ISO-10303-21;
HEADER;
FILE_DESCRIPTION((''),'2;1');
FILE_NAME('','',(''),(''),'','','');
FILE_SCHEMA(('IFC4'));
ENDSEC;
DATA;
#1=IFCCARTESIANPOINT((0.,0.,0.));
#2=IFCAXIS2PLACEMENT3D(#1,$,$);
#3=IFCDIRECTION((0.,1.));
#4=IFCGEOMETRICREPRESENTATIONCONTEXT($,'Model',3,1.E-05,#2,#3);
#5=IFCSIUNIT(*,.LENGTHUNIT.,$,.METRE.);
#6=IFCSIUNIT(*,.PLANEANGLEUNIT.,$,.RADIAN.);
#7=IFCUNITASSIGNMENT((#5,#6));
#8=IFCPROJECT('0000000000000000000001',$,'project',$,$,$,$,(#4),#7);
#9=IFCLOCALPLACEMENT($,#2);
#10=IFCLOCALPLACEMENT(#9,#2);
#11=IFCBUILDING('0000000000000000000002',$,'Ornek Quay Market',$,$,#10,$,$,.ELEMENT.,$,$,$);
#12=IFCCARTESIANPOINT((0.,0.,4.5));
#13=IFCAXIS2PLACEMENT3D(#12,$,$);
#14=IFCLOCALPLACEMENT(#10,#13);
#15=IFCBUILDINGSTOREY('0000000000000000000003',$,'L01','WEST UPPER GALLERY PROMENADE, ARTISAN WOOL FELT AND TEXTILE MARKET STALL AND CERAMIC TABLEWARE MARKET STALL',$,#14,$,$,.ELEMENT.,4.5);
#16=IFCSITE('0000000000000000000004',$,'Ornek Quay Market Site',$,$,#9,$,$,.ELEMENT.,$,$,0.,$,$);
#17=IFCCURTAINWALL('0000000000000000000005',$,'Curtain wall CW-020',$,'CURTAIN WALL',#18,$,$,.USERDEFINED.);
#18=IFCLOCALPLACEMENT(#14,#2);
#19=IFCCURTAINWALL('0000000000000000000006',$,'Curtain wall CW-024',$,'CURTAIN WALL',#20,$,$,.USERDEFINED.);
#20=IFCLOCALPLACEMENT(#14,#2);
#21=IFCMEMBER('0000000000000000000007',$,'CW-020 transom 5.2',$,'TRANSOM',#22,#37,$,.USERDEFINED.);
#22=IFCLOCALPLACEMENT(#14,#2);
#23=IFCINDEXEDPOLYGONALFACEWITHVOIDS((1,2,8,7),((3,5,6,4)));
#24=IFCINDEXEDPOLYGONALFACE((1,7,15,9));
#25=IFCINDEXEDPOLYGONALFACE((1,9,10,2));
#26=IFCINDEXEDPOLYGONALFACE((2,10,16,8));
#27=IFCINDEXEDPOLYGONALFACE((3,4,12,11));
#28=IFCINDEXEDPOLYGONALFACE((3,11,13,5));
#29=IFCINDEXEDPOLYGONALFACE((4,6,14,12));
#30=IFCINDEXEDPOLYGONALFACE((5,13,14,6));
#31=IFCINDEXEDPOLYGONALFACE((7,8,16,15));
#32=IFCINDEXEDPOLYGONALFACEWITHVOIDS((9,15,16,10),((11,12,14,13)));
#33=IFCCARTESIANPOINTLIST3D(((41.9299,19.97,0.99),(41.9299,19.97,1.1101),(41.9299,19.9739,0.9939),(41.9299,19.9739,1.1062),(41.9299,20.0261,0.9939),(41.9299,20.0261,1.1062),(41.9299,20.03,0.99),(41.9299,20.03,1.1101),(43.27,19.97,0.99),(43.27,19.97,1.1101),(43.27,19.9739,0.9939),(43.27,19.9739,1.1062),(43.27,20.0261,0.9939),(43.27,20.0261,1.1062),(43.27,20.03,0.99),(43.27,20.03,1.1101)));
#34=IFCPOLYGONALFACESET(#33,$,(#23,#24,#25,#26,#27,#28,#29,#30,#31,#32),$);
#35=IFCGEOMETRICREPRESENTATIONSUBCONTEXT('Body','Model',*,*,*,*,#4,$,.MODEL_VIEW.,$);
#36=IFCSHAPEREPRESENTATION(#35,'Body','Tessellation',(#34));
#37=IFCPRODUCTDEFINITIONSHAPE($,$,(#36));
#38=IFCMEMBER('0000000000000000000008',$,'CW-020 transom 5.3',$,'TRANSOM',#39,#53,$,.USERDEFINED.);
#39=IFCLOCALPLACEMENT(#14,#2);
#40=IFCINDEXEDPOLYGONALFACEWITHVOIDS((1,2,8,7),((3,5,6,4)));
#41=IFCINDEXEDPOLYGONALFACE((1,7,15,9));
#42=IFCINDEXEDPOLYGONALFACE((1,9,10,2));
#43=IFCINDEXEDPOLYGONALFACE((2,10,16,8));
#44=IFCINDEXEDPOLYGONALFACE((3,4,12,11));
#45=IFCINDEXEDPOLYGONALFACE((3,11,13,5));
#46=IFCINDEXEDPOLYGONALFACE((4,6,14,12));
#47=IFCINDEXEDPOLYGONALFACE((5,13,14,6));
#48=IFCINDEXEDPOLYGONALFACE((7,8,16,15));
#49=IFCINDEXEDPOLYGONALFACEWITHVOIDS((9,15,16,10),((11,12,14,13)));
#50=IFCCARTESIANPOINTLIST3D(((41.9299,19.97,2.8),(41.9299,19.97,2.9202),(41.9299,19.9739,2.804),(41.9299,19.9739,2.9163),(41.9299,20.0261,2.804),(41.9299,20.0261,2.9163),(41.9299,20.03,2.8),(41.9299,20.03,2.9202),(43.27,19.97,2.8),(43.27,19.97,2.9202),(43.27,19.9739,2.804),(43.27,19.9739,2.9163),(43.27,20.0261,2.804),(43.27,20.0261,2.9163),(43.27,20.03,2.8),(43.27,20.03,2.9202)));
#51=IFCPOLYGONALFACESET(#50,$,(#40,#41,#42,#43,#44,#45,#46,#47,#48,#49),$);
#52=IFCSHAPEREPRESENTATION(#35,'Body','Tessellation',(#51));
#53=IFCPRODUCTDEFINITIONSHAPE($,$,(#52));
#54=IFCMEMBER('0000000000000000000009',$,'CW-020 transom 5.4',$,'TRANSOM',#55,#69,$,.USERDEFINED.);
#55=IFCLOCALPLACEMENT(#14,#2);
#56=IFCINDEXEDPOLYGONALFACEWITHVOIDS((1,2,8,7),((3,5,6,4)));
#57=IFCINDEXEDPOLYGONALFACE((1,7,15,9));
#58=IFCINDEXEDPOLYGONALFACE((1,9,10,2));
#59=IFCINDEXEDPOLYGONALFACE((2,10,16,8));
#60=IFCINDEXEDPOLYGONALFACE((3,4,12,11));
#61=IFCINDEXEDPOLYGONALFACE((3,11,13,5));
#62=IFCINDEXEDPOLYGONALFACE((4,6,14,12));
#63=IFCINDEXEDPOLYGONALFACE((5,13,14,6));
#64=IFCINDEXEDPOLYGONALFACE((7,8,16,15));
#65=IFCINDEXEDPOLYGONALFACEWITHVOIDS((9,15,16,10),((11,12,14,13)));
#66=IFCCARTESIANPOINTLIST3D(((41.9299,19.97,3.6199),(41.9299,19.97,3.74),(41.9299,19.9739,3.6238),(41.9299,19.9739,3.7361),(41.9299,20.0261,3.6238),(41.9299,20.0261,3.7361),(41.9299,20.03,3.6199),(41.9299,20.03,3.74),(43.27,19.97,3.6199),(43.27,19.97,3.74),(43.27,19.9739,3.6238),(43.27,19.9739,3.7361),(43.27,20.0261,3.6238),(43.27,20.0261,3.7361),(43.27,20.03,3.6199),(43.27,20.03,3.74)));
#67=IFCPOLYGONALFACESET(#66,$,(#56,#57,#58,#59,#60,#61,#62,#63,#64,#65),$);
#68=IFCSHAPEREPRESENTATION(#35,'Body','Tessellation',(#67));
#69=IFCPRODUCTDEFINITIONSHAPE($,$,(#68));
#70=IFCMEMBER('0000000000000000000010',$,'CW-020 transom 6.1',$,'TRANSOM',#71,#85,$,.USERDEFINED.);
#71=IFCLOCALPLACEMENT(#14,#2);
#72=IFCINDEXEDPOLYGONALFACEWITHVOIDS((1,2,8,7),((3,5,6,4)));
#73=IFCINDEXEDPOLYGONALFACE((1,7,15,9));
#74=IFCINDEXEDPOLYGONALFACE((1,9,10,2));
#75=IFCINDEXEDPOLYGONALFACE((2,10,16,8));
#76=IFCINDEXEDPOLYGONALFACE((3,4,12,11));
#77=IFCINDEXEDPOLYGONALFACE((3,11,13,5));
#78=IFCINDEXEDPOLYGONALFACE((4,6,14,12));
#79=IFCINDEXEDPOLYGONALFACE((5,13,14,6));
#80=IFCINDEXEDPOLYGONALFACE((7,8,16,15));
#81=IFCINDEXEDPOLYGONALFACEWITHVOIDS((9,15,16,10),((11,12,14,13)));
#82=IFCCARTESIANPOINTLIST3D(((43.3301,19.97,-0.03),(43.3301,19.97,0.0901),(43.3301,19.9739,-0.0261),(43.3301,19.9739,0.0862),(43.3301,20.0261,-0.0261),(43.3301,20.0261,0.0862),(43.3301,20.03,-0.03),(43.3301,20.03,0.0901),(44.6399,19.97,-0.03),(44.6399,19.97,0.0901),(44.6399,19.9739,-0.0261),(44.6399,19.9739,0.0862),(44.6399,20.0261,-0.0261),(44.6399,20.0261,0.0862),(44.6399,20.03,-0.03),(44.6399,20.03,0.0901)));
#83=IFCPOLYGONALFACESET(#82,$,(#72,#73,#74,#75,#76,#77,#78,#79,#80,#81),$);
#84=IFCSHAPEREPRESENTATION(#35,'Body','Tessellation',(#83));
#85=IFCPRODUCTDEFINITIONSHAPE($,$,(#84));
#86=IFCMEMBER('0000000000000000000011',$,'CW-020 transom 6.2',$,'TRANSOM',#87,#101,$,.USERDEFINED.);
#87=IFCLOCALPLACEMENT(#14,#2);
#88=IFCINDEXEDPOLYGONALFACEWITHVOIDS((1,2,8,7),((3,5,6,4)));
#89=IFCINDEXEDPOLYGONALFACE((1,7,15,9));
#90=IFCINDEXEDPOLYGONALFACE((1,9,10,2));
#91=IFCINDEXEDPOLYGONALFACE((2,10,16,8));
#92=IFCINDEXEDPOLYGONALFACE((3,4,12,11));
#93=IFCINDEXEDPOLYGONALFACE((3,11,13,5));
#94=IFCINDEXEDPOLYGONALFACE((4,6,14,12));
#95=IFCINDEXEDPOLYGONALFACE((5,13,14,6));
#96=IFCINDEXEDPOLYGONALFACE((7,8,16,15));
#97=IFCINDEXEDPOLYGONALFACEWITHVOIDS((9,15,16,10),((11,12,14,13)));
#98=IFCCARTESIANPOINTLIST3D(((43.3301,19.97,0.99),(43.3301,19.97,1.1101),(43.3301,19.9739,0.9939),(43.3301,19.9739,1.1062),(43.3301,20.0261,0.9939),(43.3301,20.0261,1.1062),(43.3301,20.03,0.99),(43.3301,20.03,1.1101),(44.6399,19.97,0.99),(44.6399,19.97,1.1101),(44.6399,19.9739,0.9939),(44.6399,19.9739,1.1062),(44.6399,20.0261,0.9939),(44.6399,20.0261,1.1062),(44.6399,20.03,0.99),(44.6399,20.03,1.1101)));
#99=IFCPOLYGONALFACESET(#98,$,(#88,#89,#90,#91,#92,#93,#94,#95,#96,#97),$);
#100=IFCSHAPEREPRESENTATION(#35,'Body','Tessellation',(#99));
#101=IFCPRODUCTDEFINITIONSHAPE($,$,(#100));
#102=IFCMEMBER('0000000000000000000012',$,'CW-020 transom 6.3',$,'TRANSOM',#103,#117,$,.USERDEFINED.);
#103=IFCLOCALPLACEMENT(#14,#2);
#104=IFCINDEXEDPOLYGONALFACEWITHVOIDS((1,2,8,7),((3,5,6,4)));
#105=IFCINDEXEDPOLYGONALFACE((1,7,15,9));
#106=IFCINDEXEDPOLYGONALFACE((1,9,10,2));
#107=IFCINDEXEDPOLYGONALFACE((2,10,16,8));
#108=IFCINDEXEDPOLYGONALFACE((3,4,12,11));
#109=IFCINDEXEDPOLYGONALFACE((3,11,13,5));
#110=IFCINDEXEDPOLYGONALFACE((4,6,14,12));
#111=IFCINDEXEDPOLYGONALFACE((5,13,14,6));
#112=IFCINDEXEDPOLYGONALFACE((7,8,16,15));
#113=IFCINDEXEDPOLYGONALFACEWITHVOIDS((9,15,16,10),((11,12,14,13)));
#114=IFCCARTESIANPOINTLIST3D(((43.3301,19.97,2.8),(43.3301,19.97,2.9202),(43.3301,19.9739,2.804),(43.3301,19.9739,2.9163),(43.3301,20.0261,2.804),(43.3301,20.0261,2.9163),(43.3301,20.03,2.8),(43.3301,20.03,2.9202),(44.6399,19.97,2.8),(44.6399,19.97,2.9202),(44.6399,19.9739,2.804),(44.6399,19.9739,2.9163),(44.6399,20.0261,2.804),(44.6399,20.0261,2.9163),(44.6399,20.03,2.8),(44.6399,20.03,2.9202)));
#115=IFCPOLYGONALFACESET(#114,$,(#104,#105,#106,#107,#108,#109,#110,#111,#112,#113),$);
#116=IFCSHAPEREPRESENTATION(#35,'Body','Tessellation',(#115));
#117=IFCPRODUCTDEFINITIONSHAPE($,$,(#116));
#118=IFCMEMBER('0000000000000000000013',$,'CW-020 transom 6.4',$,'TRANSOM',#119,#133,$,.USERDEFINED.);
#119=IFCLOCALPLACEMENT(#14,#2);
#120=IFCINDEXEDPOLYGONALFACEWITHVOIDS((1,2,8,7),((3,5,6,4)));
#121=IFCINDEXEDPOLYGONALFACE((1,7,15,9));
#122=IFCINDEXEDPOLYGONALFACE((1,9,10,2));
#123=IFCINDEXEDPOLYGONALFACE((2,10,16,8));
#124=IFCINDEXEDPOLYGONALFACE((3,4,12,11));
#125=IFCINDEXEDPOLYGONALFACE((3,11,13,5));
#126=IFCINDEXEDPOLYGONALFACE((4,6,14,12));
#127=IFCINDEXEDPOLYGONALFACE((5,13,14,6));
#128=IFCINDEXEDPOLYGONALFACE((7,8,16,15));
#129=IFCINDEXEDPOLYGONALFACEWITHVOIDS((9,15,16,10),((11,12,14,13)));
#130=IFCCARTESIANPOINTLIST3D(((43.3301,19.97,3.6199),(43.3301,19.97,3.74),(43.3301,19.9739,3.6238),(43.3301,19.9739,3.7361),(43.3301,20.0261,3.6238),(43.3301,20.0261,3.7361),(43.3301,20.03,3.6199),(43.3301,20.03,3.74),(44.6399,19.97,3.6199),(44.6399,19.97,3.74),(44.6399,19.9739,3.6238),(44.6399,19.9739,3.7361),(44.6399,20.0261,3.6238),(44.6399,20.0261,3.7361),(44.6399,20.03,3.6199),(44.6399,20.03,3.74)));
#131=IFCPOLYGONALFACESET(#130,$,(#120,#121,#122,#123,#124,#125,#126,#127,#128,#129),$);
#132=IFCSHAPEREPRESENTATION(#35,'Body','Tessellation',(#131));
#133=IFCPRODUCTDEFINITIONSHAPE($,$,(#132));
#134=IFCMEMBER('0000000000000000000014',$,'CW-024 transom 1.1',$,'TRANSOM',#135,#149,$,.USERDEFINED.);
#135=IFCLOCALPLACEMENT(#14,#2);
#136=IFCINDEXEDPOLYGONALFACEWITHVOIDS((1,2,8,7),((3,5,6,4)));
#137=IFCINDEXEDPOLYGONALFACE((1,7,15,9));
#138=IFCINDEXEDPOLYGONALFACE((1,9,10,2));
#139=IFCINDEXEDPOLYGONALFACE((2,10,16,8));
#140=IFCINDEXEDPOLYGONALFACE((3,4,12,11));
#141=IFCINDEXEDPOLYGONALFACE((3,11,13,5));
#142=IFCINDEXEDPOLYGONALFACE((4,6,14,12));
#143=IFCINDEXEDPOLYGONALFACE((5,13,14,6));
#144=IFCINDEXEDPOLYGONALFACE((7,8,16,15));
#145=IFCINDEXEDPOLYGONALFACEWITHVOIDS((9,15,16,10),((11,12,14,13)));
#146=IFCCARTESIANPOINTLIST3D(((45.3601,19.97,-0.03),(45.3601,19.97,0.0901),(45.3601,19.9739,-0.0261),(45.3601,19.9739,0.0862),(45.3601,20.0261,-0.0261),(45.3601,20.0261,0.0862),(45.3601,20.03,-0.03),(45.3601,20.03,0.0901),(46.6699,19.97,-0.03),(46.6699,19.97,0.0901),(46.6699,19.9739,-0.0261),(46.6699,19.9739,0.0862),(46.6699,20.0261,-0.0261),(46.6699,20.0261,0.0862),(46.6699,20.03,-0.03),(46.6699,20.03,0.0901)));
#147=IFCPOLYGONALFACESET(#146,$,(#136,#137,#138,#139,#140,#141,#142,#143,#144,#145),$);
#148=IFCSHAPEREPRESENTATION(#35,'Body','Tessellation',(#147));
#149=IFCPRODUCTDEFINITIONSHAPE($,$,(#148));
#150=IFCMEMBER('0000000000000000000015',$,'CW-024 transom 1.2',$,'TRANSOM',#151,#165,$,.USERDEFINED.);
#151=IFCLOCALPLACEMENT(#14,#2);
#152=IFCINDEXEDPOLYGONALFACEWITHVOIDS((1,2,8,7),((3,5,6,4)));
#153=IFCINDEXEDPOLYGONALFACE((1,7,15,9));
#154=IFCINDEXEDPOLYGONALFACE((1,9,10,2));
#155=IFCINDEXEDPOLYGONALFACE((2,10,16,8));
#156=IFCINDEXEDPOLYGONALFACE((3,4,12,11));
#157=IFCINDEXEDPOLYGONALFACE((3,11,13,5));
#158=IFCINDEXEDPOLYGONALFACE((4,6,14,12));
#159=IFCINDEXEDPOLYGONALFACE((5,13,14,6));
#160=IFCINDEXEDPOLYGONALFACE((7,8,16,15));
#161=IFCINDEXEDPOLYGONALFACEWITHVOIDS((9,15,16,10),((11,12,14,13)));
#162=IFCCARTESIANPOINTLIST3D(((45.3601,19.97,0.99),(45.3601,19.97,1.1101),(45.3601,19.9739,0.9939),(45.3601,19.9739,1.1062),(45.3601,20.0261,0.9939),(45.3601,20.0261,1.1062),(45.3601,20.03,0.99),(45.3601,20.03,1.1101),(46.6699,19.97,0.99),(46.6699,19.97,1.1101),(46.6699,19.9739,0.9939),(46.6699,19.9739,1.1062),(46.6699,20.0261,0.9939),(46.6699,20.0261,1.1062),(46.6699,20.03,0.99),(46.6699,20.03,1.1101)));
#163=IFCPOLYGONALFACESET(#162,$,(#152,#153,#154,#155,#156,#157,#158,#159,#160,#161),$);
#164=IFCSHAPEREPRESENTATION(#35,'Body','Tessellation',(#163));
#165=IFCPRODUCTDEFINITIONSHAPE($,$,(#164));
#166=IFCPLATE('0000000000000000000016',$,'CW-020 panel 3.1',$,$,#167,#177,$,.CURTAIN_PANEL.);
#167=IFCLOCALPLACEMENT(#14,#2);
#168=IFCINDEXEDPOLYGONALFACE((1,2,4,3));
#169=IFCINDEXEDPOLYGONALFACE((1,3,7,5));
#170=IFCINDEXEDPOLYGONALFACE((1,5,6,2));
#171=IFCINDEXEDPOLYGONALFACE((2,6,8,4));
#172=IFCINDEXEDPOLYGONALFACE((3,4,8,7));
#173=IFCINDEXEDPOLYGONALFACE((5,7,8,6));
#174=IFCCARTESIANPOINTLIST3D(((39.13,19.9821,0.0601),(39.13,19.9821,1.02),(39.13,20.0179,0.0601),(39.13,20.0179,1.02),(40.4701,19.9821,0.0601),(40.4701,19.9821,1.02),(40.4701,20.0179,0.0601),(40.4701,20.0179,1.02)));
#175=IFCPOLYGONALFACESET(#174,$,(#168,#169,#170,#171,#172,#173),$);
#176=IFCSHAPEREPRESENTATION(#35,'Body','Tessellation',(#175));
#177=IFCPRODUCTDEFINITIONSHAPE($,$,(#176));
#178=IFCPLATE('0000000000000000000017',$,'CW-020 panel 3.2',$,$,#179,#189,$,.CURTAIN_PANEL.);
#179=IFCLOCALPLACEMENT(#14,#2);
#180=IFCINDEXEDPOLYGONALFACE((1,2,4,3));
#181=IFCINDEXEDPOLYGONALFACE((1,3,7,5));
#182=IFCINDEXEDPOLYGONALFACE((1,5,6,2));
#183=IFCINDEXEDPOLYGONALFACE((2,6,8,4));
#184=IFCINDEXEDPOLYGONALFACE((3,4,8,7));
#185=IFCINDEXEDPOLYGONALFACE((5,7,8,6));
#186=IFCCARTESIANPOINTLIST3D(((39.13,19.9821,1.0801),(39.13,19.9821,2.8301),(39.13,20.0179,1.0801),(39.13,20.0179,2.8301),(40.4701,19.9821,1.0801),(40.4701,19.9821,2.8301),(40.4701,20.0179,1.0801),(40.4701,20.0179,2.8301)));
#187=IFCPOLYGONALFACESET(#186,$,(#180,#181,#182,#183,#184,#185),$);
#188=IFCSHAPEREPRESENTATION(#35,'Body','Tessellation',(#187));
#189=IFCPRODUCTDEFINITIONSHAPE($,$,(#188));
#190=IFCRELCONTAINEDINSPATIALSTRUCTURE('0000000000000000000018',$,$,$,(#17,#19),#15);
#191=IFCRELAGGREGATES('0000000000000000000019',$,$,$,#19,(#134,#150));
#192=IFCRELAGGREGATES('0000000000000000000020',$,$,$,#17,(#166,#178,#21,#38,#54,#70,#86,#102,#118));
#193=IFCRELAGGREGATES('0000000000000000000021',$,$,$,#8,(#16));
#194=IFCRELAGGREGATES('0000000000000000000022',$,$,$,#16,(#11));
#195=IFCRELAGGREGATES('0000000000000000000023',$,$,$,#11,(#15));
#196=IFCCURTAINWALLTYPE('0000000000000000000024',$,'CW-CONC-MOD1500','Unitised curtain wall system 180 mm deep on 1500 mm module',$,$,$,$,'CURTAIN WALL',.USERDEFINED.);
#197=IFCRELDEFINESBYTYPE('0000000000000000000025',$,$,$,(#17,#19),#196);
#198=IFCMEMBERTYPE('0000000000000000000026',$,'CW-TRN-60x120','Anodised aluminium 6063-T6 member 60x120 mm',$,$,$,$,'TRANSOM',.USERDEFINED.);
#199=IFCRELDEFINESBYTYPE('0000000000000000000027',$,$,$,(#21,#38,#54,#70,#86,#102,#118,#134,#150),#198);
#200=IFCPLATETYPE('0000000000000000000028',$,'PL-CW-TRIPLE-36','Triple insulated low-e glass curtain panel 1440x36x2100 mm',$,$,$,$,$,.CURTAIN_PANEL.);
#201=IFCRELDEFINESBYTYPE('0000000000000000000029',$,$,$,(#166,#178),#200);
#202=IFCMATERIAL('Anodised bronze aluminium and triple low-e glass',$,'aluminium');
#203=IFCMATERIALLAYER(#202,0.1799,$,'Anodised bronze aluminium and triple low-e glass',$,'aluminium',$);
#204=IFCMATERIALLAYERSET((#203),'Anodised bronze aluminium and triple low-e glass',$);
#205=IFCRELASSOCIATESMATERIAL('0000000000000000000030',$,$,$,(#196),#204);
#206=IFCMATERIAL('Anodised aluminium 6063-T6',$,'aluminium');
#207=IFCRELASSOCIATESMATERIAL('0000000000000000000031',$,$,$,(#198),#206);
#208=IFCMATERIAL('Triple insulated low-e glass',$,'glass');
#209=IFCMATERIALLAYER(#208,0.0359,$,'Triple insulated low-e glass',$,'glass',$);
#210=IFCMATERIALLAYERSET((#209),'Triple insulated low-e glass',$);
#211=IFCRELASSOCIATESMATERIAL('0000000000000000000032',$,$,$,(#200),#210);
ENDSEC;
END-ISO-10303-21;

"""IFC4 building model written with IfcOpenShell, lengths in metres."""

from ifc_helpers import new_model, si_unit, direction, frame, origin, origin_2d, place, context, subcontext, project, spatial, rectangle, hollow_rectangle, extrude, material, layer, layer_set, material_profile, profile_set, type_object, element, aggregate, save


model = new_model("IFC4")

# Units and contexts
model_context = context("Model", 3, precision=1e-05, world=origin(), true_north=direction((0.0, 1.0)))
body_context = subcontext(model_context, "Body", "Model", "MODEL_VIEW")
ifc_project = project(units=[si_unit("LENGTHUNIT", "METRE"), si_unit("PLANEANGLEUNIT", "RADIAN")], contexts=[model_context])

# Site, building, storey
site_placement = place(None, origin())
site = spatial("IfcSite", under=ifc_project, at=site_placement, Name="Ornek Quay Market Site", CompositionType="ELEMENT", RefElevation=0.0)
building_placement = place(site_placement, origin())
building = spatial("IfcBuilding", under=site, at=building_placement, Name="Ornek Quay Market", CompositionType="ELEMENT")
storey_placement = place(building_placement, frame((0.0, 0.0, 4.5)))
storey = spatial("IfcBuildingStorey", under=building, at=storey_placement, Name="L01", Description="WEST UPPER GALLERY PROMENADE, ARTISAN WOOL FELT AND TEXTILE MARKET STALL AND CERAMIC TABLEWARE MARKET STALL", CompositionType="ELEMENT", Elevation=4.5)

# Curtain wall
ifc_material_1 = material(Name="Anodised bronze aluminium and triple low-e glass", Category="aluminium")
ifc_layer_1 = layer(ifc_material_1, 0.1799, Name="Anodised bronze aluminium and triple low-e glass", Category="aluminium")
ifc_layer_set_1 = layer_set([ifc_layer_1], Name="Anodised bronze aluminium and triple low-e glass")
curtain_wall_type = type_object("IfcCurtainWallType", Name="CW-CONC-MOD1500", Description="Unitised curtain wall system 180 mm deep on 1500 mm module", ElementType="CURTAIN WALL", PredefinedType="USERDEFINED", material=ifc_layer_set_1)
curtain_wall_1_placement = place(storey_placement, origin())
curtain_wall_1 = element("IfcCurtainWall", 1, at=curtain_wall_1_placement, inside=storey, type_object=curtain_wall_type, Name="Curtain wall CW-020", ObjectType="CURTAIN WALL", PredefinedType="USERDEFINED")
ifc_material_2 = material(Name="Anodised aluminium 6063-T6", Category="aluminium")

# Curtain wall
curtain_wall_2_placement = place(storey_placement, origin())
curtain_wall_2 = element("IfcCurtainWall", 2, at=curtain_wall_2_placement, inside=storey, type_object=curtain_wall_type, Name="Curtain wall CW-024", ObjectType="CURTAIN WALL", PredefinedType="USERDEFINED")

# Members
ifc_material_profile_1 = material_profile(ifc_material_2, hollow_rectangle(XDim=0.0601, YDim=0.1201, WallThickness=0.0039, at=origin_2d()), Name="CW-TRN-60x120", Category="aluminium")
ifc_profile_set_1 = profile_set([ifc_material_profile_1], Name="Anodised aluminium 6063-T6")
member_type_1 = type_object("IfcMemberType", Name="CW-TRN-60x120", Description="Anodised aluminium 6063-T6 member 60x120 mm", ElementType="TRANSOM", PredefinedType="USERDEFINED", material=ifc_profile_set_1)
member_1_placement = place(storey_placement, frame((41.9299, 20.0, 1.05), z_axis=(1.0, 0.0, 0.0), x_axis=(0.0, 1.0, 0.0)))
member_1 = element("IfcMember", 3, at=member_1_placement, type_object=member_type_1, Name="CW-020 transom 5.2", ObjectType="TRANSOM", PredefinedType="USERDEFINED", context=body_context, shape_type="SweptSolid", body=[
    extrude(hollow_rectangle(XDim=0.0601, YDim=0.1201, WallThickness=0.0039, at=origin_2d()), origin(), (0.0, 0.0, 1.0), 1.3401),
])
member_2_placement = place(storey_placement, frame((41.9299, 20.0, 2.8601), z_axis=(1.0, 0.0, 0.0), x_axis=(0.0, 1.0, 0.0)))
member_2 = element("IfcMember", 4, at=member_2_placement, type_object=member_type_1, Name="CW-020 transom 5.3", ObjectType="TRANSOM", PredefinedType="USERDEFINED", context=body_context, shape_type="SweptSolid", body=[
    extrude(hollow_rectangle(XDim=0.0601, YDim=0.1201, WallThickness=0.0039, at=origin_2d()), origin(), (0.0, 0.0, 1.0), 1.3401),
])
member_3_placement = place(storey_placement, frame((41.9299, 20.0, 3.6799), z_axis=(1.0, 0.0, 0.0), x_axis=(0.0, 1.0, 0.0)))
member_3 = element("IfcMember", 5, at=member_3_placement, type_object=member_type_1, Name="CW-020 transom 5.4", ObjectType="TRANSOM", PredefinedType="USERDEFINED", context=body_context, shape_type="SweptSolid", body=[
    extrude(hollow_rectangle(XDim=0.0601, YDim=0.1201, WallThickness=0.0039, at=origin_2d()), origin(), (0.0, 0.0, 1.0), 1.3401),
])
member_4_placement = place(storey_placement, frame((43.3301, 20.0, 0.03), z_axis=(1.0, 0.0, 0.0), x_axis=(0.0, 1.0, 0.0)))
member_4 = element("IfcMember", 6, at=member_4_placement, type_object=member_type_1, Name="CW-020 transom 6.1", ObjectType="TRANSOM", PredefinedType="USERDEFINED", context=body_context, shape_type="SweptSolid", body=[
    extrude(hollow_rectangle(XDim=0.0601, YDim=0.1201, WallThickness=0.0039, at=origin_2d()), origin(), (0.0, 0.0, 1.0), 1.3098),
])
member_5_placement = place(storey_placement, frame((43.3301, 20.0, 1.05), z_axis=(1.0, 0.0, 0.0), x_axis=(0.0, 1.0, 0.0)))
member_5 = element("IfcMember", 7, at=member_5_placement, type_object=member_type_1, Name="CW-020 transom 6.2", ObjectType="TRANSOM", PredefinedType="USERDEFINED", context=body_context, shape_type="SweptSolid", body=[
    extrude(hollow_rectangle(XDim=0.0601, YDim=0.1201, WallThickness=0.0039, at=origin_2d()), origin(), (0.0, 0.0, 1.0), 1.3098),
])
member_6_placement = place(storey_placement, frame((43.3301, 20.0, 2.8601), z_axis=(1.0, 0.0, 0.0), x_axis=(0.0, 1.0, 0.0)))
member_6 = element("IfcMember", 8, at=member_6_placement, type_object=member_type_1, Name="CW-020 transom 6.3", ObjectType="TRANSOM", PredefinedType="USERDEFINED", context=body_context, shape_type="SweptSolid", body=[
    extrude(hollow_rectangle(XDim=0.0601, YDim=0.1201, WallThickness=0.0039, at=origin_2d()), origin(), (0.0, 0.0, 1.0), 1.3098),
])
member_7_placement = place(storey_placement, frame((43.3301, 20.0, 3.6799), z_axis=(1.0, 0.0, 0.0), x_axis=(0.0, 1.0, 0.0)))
member_7 = element("IfcMember", 9, at=member_7_placement, type_object=member_type_1, Name="CW-020 transom 6.4", ObjectType="TRANSOM", PredefinedType="USERDEFINED", context=body_context, shape_type="SweptSolid", body=[
    extrude(hollow_rectangle(XDim=0.0601, YDim=0.1201, WallThickness=0.0039, at=origin_2d()), origin(), (0.0, 0.0, 1.0), 1.3098),
])
member_8_placement = place(storey_placement, frame((45.3601, 20.0, 0.03), z_axis=(1.0, 0.0, 0.0), x_axis=(0.0, 1.0, 0.0)))
member_8 = element("IfcMember", 10, at=member_8_placement, type_object=member_type_1, Name="CW-024 transom 1.1", ObjectType="TRANSOM", PredefinedType="USERDEFINED", context=body_context, shape_type="SweptSolid", body=[
    extrude(hollow_rectangle(XDim=0.0601, YDim=0.1201, WallThickness=0.0039, at=origin_2d()), origin(), (0.0, 0.0, 1.0), 1.3098),
])
member_9_placement = place(storey_placement, frame((45.3601, 20.0, 1.05), z_axis=(1.0, 0.0, 0.0), x_axis=(0.0, 1.0, 0.0)))
member_9 = element("IfcMember", 11, at=member_9_placement, type_object=member_type_1, Name="CW-024 transom 1.2", ObjectType="TRANSOM", PredefinedType="USERDEFINED", context=body_context, shape_type="SweptSolid", body=[
    extrude(hollow_rectangle(XDim=0.0601, YDim=0.1201, WallThickness=0.0039, at=origin_2d()), origin(), (0.0, 0.0, 1.0), 1.3098),
])
aggregate(curtain_wall_2, [member_8, member_9])

# Plates
ifc_material_3 = material(Name="Triple insulated low-e glass", Category="glass")
ifc_layer_2 = layer(ifc_material_3, 0.0359, Name="Triple insulated low-e glass", Category="glass")
ifc_layer_set_2 = layer_set([ifc_layer_2], Name="Triple insulated low-e glass")
plate_type = type_object("IfcPlateType", Name="PL-CW-TRIPLE-36", Description="Triple insulated low-e glass curtain panel 1440x36x2100 mm", PredefinedType="CURTAIN_PANEL", material=ifc_layer_set_2)
plate_1_placement = place(storey_placement, frame((39.8, 20.0, 0.0601), z_axis=(0.0, 0.0, 1.0), x_axis=(1.0, 0.0, 0.0)))
plate_1 = element("IfcPlate", 12, at=plate_1_placement, type_object=plate_type, Name="CW-020 panel 3.1", PredefinedType="CURTAIN_PANEL", context=body_context, shape_type="SweptSolid", body=[
    extrude(rectangle(XDim=1.3401, YDim=0.0359, at=origin_2d()), origin(), (0.0, 0.0, 1.0), 0.96),
])
plate_2_placement = place(storey_placement, frame((39.8, 20.0, 1.0801), z_axis=(0.0, 0.0, 1.0), x_axis=(1.0, 0.0, 0.0)))
plate_2 = element("IfcPlate", 13, at=plate_2_placement, type_object=plate_type, Name="CW-020 panel 3.2", PredefinedType="CURTAIN_PANEL", context=body_context, shape_type="SweptSolid", body=[
    extrude(rectangle(XDim=1.3401, YDim=0.0359, at=origin_2d()), origin(), (0.0, 0.0, 1.0), 1.75),
])
aggregate(curtain_wall_1, [plate_1, plate_2, member_1, member_2, member_3, member_4, member_5, member_6, member_7])

save(model, "model.ifc")
